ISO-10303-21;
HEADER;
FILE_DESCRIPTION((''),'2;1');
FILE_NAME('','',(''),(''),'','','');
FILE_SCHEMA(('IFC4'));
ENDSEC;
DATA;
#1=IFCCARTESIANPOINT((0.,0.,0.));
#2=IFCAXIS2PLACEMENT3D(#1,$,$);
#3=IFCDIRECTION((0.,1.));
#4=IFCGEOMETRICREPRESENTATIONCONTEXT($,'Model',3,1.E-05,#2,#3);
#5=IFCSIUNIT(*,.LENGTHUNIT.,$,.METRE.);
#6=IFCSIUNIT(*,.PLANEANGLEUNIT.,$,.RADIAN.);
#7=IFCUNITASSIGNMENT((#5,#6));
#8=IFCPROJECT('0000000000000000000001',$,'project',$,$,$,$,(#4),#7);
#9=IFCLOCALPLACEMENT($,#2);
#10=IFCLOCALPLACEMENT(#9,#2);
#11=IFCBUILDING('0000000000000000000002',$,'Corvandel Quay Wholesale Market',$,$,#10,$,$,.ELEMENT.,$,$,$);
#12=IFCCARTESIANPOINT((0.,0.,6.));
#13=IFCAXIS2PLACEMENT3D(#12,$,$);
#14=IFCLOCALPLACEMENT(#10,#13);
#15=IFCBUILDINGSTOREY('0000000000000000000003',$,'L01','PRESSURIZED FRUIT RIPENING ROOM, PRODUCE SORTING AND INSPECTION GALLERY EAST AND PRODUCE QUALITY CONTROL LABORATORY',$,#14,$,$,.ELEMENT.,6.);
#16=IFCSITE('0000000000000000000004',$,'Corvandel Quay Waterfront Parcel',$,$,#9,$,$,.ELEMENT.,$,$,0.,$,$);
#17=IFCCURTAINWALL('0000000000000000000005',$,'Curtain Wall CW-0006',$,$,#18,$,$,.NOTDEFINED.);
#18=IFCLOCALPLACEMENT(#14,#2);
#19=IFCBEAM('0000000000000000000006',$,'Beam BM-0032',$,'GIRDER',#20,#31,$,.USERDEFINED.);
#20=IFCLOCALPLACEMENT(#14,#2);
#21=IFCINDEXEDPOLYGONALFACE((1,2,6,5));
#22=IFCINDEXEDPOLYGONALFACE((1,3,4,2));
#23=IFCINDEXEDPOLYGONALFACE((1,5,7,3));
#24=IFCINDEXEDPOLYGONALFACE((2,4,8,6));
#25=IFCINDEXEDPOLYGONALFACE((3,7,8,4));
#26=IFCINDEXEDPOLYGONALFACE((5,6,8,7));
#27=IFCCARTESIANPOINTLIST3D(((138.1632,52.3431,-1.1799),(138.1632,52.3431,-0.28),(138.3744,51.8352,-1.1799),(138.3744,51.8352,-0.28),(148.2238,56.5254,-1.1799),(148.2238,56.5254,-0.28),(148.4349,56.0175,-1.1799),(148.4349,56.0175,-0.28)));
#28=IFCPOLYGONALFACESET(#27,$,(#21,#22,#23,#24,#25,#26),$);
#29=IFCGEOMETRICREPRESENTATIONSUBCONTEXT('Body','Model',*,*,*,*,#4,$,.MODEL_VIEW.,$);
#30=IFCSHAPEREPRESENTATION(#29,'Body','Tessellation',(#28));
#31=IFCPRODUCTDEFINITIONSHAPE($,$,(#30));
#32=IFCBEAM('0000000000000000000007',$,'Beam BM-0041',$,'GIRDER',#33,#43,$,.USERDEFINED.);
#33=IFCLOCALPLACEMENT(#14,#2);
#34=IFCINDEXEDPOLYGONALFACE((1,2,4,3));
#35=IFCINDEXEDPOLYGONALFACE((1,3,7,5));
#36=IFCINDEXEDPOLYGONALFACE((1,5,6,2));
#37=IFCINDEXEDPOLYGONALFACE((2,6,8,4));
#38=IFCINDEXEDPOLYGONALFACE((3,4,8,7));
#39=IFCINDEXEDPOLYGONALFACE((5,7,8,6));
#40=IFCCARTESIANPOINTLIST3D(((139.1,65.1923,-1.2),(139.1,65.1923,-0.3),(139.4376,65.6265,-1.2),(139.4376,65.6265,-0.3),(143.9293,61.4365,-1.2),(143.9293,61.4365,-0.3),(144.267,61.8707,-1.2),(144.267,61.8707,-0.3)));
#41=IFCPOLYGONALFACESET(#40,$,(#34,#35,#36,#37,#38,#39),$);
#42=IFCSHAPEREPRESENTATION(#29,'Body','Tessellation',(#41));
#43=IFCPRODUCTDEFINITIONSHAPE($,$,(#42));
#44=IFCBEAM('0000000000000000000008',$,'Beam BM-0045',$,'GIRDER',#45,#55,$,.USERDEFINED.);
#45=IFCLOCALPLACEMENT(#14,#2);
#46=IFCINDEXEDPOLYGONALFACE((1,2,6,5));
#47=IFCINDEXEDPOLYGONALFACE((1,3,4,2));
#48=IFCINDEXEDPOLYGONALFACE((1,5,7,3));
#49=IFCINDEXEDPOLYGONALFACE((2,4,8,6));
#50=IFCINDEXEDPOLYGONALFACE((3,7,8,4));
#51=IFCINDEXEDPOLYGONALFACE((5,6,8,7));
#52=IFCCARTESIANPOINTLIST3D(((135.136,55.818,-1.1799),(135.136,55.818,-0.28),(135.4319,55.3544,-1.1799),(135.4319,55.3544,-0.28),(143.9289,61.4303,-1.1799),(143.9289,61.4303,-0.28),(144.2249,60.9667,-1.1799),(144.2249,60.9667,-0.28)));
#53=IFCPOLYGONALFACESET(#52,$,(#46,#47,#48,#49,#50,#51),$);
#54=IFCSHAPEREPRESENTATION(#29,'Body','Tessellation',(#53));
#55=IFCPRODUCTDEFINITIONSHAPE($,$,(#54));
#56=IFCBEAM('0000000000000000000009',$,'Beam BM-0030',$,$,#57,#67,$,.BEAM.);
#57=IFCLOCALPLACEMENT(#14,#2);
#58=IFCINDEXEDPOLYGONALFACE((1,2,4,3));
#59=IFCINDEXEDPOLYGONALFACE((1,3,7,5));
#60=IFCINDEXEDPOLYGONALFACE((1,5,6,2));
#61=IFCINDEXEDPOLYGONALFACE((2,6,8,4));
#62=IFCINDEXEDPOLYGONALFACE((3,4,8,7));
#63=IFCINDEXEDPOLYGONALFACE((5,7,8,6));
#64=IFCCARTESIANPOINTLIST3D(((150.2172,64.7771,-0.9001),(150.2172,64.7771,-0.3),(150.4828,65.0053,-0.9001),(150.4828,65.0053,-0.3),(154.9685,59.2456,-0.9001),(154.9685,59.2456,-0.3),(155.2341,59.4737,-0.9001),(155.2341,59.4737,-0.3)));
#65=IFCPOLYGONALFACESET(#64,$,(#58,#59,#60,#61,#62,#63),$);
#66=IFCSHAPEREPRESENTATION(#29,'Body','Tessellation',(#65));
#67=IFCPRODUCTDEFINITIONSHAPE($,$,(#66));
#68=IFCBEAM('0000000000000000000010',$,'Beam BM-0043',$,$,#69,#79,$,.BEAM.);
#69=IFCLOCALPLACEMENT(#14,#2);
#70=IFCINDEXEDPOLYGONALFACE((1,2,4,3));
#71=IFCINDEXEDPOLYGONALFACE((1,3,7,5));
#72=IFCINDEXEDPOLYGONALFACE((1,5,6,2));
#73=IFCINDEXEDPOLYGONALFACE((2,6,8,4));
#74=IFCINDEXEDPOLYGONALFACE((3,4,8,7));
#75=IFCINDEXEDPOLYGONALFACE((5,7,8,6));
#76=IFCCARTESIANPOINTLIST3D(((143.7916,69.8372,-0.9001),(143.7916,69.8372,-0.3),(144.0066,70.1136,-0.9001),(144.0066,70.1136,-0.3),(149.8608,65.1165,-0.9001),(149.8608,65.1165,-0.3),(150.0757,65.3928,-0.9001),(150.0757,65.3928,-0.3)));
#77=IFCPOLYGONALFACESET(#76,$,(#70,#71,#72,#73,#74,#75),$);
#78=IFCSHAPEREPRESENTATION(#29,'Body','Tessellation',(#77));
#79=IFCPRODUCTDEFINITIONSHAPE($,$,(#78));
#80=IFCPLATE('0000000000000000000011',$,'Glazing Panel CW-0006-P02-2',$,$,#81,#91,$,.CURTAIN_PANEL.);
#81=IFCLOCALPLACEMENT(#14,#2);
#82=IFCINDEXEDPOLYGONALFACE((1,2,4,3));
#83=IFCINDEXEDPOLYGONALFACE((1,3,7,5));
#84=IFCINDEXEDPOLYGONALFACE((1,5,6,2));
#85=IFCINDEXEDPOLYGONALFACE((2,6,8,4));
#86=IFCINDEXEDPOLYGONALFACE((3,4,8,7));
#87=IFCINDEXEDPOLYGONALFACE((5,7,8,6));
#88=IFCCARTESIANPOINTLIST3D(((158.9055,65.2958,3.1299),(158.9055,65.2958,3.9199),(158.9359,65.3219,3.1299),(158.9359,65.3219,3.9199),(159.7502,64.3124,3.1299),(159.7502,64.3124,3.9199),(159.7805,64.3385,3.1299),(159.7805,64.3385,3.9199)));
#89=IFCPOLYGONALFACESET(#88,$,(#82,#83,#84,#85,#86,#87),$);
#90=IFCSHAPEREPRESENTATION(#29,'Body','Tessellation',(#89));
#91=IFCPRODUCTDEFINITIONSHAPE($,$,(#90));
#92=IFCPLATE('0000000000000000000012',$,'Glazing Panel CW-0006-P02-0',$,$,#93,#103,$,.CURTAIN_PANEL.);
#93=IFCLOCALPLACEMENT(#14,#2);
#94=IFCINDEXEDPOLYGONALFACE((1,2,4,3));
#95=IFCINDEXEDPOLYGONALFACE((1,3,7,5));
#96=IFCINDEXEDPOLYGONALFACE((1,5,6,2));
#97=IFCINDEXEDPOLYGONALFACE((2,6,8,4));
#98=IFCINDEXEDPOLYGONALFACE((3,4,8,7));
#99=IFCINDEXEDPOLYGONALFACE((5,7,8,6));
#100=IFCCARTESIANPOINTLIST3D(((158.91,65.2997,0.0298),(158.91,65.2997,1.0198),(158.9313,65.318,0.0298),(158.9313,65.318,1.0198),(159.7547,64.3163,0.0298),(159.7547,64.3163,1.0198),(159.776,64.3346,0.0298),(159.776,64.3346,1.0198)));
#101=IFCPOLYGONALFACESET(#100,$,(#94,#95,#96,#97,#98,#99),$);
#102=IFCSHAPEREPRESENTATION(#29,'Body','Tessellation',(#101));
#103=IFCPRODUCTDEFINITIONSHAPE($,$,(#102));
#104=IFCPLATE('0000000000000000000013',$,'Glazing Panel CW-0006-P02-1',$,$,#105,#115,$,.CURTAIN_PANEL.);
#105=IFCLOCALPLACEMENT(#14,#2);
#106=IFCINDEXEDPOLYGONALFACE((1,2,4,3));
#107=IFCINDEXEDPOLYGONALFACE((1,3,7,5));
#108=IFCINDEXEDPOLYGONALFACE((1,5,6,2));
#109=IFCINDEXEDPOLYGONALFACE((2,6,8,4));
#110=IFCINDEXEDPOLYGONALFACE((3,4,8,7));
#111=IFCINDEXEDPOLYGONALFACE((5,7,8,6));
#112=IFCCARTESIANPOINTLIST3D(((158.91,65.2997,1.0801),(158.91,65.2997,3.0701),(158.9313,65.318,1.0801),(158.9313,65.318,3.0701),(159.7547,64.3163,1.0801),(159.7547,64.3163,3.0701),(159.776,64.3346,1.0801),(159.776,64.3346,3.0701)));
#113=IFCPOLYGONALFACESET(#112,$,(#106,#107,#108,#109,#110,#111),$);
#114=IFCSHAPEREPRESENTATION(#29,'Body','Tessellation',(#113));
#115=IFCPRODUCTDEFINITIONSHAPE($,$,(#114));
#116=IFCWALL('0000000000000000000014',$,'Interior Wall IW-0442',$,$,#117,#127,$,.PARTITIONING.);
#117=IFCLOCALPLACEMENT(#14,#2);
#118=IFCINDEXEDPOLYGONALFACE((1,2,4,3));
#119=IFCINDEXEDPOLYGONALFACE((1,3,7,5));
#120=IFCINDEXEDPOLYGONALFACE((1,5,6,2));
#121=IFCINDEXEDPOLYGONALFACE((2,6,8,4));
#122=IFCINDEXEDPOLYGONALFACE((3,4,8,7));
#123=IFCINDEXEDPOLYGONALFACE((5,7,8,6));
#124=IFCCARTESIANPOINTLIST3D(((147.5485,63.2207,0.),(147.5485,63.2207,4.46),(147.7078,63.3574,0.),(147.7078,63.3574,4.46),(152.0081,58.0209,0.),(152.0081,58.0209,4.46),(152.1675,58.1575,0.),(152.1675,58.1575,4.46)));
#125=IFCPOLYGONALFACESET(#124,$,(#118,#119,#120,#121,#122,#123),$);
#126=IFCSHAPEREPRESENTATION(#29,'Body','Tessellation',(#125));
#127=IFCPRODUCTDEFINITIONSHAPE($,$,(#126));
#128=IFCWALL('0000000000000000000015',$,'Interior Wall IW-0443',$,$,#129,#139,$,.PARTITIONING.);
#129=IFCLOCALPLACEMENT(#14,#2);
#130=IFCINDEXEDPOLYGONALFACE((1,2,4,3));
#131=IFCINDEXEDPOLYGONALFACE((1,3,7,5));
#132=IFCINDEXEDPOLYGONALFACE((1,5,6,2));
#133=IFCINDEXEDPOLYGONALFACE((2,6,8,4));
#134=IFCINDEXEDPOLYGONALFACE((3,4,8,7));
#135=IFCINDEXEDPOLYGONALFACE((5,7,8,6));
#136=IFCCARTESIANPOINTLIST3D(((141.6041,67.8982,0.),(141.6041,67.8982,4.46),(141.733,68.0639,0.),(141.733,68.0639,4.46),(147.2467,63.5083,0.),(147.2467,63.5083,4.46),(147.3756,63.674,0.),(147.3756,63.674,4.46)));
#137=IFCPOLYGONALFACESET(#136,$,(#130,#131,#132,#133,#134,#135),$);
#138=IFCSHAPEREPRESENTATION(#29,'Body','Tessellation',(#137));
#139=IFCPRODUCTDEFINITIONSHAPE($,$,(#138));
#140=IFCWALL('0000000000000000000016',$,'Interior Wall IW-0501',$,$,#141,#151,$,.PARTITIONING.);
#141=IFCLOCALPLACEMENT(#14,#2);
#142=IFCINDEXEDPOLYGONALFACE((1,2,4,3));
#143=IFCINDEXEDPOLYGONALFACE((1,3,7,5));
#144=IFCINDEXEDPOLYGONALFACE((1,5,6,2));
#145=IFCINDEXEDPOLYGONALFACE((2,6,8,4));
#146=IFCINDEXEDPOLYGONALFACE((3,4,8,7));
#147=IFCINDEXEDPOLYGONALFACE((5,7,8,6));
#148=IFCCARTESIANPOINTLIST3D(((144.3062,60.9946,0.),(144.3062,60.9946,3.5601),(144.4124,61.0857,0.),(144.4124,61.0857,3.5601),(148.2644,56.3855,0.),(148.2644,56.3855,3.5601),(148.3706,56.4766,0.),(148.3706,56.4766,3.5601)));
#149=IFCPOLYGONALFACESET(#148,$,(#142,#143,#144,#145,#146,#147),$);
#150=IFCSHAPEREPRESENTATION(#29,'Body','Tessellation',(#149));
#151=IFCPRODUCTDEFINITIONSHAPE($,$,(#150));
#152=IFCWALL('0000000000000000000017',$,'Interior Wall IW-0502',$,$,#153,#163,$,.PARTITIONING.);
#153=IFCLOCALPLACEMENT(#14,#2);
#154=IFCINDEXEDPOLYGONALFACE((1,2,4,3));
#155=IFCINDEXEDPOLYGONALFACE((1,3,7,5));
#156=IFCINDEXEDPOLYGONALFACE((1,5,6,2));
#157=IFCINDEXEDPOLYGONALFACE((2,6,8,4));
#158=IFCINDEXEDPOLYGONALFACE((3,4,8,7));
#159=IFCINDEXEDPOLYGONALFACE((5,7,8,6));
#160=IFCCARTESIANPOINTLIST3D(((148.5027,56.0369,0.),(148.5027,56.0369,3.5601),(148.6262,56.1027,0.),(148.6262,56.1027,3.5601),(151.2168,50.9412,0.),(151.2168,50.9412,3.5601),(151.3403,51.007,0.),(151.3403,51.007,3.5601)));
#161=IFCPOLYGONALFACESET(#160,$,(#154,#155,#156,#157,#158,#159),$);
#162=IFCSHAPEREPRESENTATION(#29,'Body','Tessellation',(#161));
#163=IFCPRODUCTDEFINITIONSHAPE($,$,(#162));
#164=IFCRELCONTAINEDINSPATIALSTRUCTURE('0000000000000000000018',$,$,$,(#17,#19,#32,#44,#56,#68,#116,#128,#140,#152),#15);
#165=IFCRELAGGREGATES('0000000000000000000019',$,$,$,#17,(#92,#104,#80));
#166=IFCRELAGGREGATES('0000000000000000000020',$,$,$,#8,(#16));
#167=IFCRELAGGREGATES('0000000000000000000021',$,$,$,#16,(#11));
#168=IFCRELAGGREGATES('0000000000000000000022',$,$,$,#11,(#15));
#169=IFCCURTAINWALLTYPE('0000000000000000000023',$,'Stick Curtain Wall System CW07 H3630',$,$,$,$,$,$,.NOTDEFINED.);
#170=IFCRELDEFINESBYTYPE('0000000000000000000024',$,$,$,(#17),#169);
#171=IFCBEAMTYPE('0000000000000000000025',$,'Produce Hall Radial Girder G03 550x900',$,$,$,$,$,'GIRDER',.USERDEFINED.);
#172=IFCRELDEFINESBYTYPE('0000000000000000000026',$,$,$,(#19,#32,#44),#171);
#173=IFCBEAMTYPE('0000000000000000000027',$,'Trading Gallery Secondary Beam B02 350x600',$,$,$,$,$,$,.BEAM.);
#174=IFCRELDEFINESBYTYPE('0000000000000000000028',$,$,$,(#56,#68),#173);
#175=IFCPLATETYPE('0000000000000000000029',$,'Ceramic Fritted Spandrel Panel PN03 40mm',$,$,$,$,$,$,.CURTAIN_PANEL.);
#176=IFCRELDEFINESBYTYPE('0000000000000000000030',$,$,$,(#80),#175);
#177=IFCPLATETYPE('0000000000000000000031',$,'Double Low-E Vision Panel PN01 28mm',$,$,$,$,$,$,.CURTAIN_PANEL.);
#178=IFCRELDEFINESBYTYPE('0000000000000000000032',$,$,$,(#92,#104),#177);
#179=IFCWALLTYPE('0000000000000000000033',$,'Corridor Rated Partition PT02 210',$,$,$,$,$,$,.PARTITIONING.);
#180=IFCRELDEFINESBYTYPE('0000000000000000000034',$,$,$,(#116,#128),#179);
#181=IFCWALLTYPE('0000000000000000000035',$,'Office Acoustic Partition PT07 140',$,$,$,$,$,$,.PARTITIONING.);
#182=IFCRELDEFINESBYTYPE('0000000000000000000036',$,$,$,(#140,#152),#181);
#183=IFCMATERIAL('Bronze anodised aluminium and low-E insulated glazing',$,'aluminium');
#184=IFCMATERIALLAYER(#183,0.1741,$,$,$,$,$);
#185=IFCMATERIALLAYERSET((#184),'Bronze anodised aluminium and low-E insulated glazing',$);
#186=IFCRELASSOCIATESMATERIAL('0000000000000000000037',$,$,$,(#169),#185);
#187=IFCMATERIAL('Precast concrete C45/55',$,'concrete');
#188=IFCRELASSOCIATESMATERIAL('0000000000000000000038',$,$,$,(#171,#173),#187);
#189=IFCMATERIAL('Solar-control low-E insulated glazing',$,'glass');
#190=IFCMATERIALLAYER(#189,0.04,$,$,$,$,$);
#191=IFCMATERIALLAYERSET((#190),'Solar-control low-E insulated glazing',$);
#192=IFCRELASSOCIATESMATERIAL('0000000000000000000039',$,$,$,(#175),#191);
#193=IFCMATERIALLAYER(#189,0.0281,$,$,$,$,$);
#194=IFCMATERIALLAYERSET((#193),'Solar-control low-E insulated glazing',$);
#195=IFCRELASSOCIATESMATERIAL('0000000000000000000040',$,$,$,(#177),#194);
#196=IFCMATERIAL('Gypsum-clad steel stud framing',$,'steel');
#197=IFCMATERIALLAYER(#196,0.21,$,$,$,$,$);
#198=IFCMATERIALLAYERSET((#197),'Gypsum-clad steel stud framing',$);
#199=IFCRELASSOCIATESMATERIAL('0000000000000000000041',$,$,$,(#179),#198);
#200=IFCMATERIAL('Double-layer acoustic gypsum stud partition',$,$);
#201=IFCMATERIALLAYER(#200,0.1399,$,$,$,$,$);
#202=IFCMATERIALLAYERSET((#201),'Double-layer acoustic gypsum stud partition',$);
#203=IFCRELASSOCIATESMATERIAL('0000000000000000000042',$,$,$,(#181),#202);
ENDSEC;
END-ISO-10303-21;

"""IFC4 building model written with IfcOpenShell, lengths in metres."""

from ifc_helpers import new_model, si_unit, direction, frame, frame_2d, origin, origin_2d, place, context, subcontext, project, spatial, rectangle, extrude, material, layer, layer_set, material_profile, profile_set, type_object, element, aggregate, save


model = new_model("IFC4")

# Units and contexts
model_context = context("Model", 3, precision=1e-05, world=origin(), true_north=direction((0.0, 1.0)))
body_context = subcontext(model_context, "Body", "Model", "MODEL_VIEW")
ifc_project = project(units=[si_unit("LENGTHUNIT", "METRE"), si_unit("PLANEANGLEUNIT", "RADIAN")], contexts=[model_context])

# Site, building, storey
site_placement = place(None, origin())
site = spatial("IfcSite", under=ifc_project, at=site_placement, Name="Corvandel Quay Waterfront Parcel", CompositionType="ELEMENT", RefElevation=0.0)
building_placement = place(site_placement, origin())
building = spatial("IfcBuilding", under=site, at=building_placement, Name="Corvandel Quay Wholesale Market", CompositionType="ELEMENT")
storey_placement = place(building_placement, frame((0.0, 0.0, 6.0)))
storey = spatial("IfcBuildingStorey", under=building, at=storey_placement, Name="L01", Description="PRESSURIZED FRUIT RIPENING ROOM, PRODUCE SORTING AND INSPECTION GALLERY EAST AND PRODUCE QUALITY CONTROL LABORATORY", CompositionType="ELEMENT", Elevation=6.0)

# Shared definitions
ifc_material_1 = material(Name="Precast concrete C45/55", Category="concrete")

# Curtain wall
ifc_material_2 = material(Name="Bronze anodised aluminium and low-E insulated glazing", Category="aluminium")
ifc_layer_1 = layer(ifc_material_2, 0.1741)
ifc_layer_set_1 = layer_set([ifc_layer_1], Name="Bronze anodised aluminium and low-E insulated glazing")
curtain_wall_type = type_object("IfcCurtainWallType", Name="Stick Curtain Wall System CW07 H3630", PredefinedType="NOTDEFINED", material=ifc_layer_set_1)
curtain_wall_placement = place(storey_placement, origin())
curtain_wall = element("IfcCurtainWall", 1, at=curtain_wall_placement, inside=storey, type_object=curtain_wall_type, Name="Curtain Wall CW-0006", PredefinedType="NOTDEFINED")

# Beams
ifc_material_profile_1 = material_profile(ifc_material_1, rectangle(XDim=0.55, YDim=0.8999, at=origin_2d()), Name="PC-GIR-550x900")
ifc_profile_set_1 = profile_set([ifc_material_profile_1], Name="Precast concrete C45/55")
beam_type_1 = type_object("IfcBeamType", Name="Produce Hall Radial Girder G03 550x900", ElementType="GIRDER", PredefinedType="USERDEFINED", material=ifc_profile_set_1)
beam_1_placement = place(storey_placement, frame((148.3293, 56.2715, -0.73), z_axis=(-0.923387, -0.383871, 0.0), x_axis=(0.383871, -0.923387, 0.0)))
element("IfcBeam", 2, at=beam_1_placement, inside=storey, type_object=beam_type_1, Name="Beam BM-0032", ObjectType="GIRDER", PredefinedType="USERDEFINED", context=body_context, shape_type="SweptSolid", body=[
    extrude(rectangle(XDim=0.55, YDim=0.8999, at=origin_2d()), origin(), (0.0, 0.0, 1.0), 10.8953),
])
beam_2_placement = place(storey_placement, frame((144.0981, 61.6536, -0.75), z_axis=(-0.789376, 0.61391, 0.0), x_axis=(-0.61391, -0.789376, 0.0)))
element("IfcBeam", 3, at=beam_2_placement, inside=storey, type_object=beam_type_1, Name="Beam BM-0041", ObjectType="GIRDER", PredefinedType="USERDEFINED", context=body_context, shape_type="SweptSolid", body=[
    extrude(rectangle(XDim=0.55, YDim=0.8999, at=origin_2d()), origin(), (0.0, 0.0, 1.0), 6.1179),
])
beam_3_placement = place(storey_placement, frame((144.0769, 61.1985, -0.73), z_axis=(-0.842932, -0.53802, 0.0), x_axis=(0.53802, -0.842932, 0.0)))
element("IfcBeam", 4, at=beam_3_placement, inside=storey, type_object=beam_type_1, Name="Beam BM-0045", ObjectType="GIRDER", PredefinedType="USERDEFINED", context=body_context, shape_type="SweptSolid", body=[
    extrude(rectangle(XDim=0.55, YDim=0.8999, at=origin_2d()), origin(), (0.0, 0.0, 1.0), 10.4314),
])
ifc_material_profile_2 = material_profile(ifc_material_1, rectangle(XDim=0.3501, YDim=0.6001, at=origin_2d()), Name="PC-BM-350x600")
ifc_profile_set_2 = profile_set([ifc_material_profile_2], Name="Precast concrete C45/55")
beam_type_2 = type_object("IfcBeamType", Name="Trading Gallery Secondary Beam B02 350x600", PredefinedType="BEAM", material=ifc_profile_set_2)
beam_4_placement = place(storey_placement, frame((155.1013, 59.3596, -0.6001), z_axis=(-0.651577, 0.758583, 0.0), x_axis=(-0.758583, -0.651577, 0.0)))
element("IfcBeam", 5, at=beam_4_placement, inside=storey, type_object=beam_type_2, Name="Beam BM-0030", PredefinedType="BEAM", context=body_context, shape_type="SweptSolid", body=[
    extrude(rectangle(XDim=0.3501, YDim=0.6001, at=origin_2d()), origin(), (0.0, 0.0, 1.0), 7.292),
])
beam_5_placement = place(storey_placement, frame((149.9683, 65.2546, -0.6001), z_axis=(-0.789333, 0.613965, 0.0), x_axis=(-0.613965, -0.789333, 0.0)))
element("IfcBeam", 6, at=beam_5_placement, inside=storey, type_object=beam_type_2, Name="Beam BM-0043", PredefinedType="BEAM", context=body_context, shape_type="SweptSolid", body=[
    extrude(rectangle(XDim=0.3501, YDim=0.6001, at=origin_2d()), origin(), (0.0, 0.0, 1.0), 7.689),
])

# Plates
ifc_material_3 = material(Name="Solar-control low-E insulated glazing", Category="glass")
ifc_layer_2 = layer(ifc_material_3, 0.04)
ifc_layer_set_2 = layer_set([ifc_layer_2], Name="Solar-control low-E insulated glazing")
plate_type_1 = type_object("IfcPlateType", Name="Ceramic Fritted Spandrel Panel PN03 40mm", PredefinedType="CURTAIN_PANEL", material=ifc_layer_set_2)
plate_1_placement = place(storey_placement, frame((159.343, 64.8171, 3.1299), z_axis=(0.0, 0.0, 1.0), x_axis=(-0.651569, 0.758589, 0.0)))
plate_1 = element("IfcPlate", 7, at=plate_1_placement, type_object=plate_type_1, Name="Glazing Panel CW-0006-P02-2", PredefinedType="CURTAIN_PANEL", context=body_context, shape_type="SweptSolid", body=[
    extrude(rectangle(XDim=1.2964, YDim=0.04, at=origin_2d()), origin(), (0.0, 0.0, 1.0), 0.79),
])
ifc_layer_3 = layer(ifc_material_3, 0.0281)
ifc_layer_set_3 = layer_set([ifc_layer_3], Name="Solar-control low-E insulated glazing")
plate_type_2 = type_object("IfcPlateType", Name="Double Low-E Vision Panel PN01 28mm", PredefinedType="CURTAIN_PANEL", material=ifc_layer_set_3)
plate_2_placement = place(storey_placement, frame((159.343, 64.8171, 0.0298), z_axis=(0.0, 0.0, 1.0), x_axis=(-0.651569, 0.758589, 0.0)))
plate_2 = element("IfcPlate", 8, at=plate_2_placement, type_object=plate_type_2, Name="Glazing Panel CW-0006-P02-0", PredefinedType="CURTAIN_PANEL", context=body_context, shape_type="SweptSolid", body=[
    extrude(rectangle(XDim=1.2964, YDim=0.0281, at=origin_2d()), origin(), (0.0, 0.0, 1.0), 0.99),
])
plate_3_placement = place(storey_placement, frame((159.343, 64.8171, 1.0801), z_axis=(0.0, 0.0, 1.0), x_axis=(-0.651569, 0.758589, 0.0)))
plate_3 = element("IfcPlate", 9, at=plate_3_placement, type_object=plate_type_2, Name="Glazing Panel CW-0006-P02-1", PredefinedType="CURTAIN_PANEL", context=body_context, shape_type="SweptSolid", body=[
    extrude(rectangle(XDim=1.2964, YDim=0.0281, at=origin_2d()), origin(), (0.0, 0.0, 1.0), 1.99),
])
aggregate(curtain_wall, [plate_2, plate_3, plate_1])

# Walls
ifc_material_4 = material(Name="Gypsum-clad steel stud framing", Category="steel")
ifc_layer_4 = layer(ifc_material_4, 0.21)
ifc_layer_set_4 = layer_set([ifc_layer_4], Name="Gypsum-clad steel stud framing")
wall_type_1 = type_object("IfcWallType", Name="Corridor Rated Partition PT02 210", PredefinedType="PARTITIONING", material=ifc_layer_set_4)
wall_1_placement = place(storey_placement, frame((152.0879, 58.0891, 0.0), z_axis=(0.0, 0.0, 1.0), x_axis=(-0.651011, 0.759068, 0.0)))
element("IfcWall", 10, at=wall_1_placement, inside=storey, type_object=wall_type_1, Name="Interior Wall IW-0442", PredefinedType="PARTITIONING", context=body_context, shape_type="SweptSolid", body=[
    extrude(rectangle(XDim=6.8503, YDim=0.21, at=frame_2d((3.4253, 0.0))), origin(), (0.0, 0.0, 1.0), 4.46),
])
wall_2_placement = place(storey_placement, frame((147.3113, 63.5911, 0.0), z_axis=(0.0, 0.0, 1.0), x_axis=(-0.789269, 0.614047, 0.0)))
element("IfcWall", 11, at=wall_2_placement, inside=storey, type_object=wall_type_1, Name="Interior Wall IW-0443", PredefinedType="PARTITIONING", context=body_context, shape_type="SweptSolid", body=[
    extrude(rectangle(XDim=7.1492, YDim=0.21, at=frame_2d((3.5747, 0.0))), origin(), (0.0, 0.0, 1.0), 4.46),
])
ifc_material_5 = material(Name="Double-layer acoustic gypsum stud partition")
ifc_layer_5 = layer(ifc_material_5, 0.1399)
ifc_layer_set_5 = layer_set([ifc_layer_5], Name="Double-layer acoustic gypsum stud partition")
wall_type_2 = type_object("IfcWallType", Name="Office Acoustic Partition PT07 140", PredefinedType="PARTITIONING", material=ifc_layer_set_5)
wall_3_placement = place(storey_placement, frame((144.3594, 61.04, 0.0), z_axis=(0.0, 0.0, 1.0), x_axis=(0.651509, -0.758641, 0.0)))
element("IfcWall", 12, at=wall_3_placement, inside=storey, type_object=wall_type_2, Name="Interior Wall IW-0501", PredefinedType="PARTITIONING", context=body_context, shape_type="SweptSolid", body=[
    extrude(rectangle(XDim=6.0754, YDim=0.1399, at=frame_2d((3.0376, 0.0))), origin(), (0.0, 0.0, 1.0), 3.5601),
])
wall_4_placement = place(storey_placement, frame((148.5645, 56.0698, 0.0), z_axis=(0.0, 0.0, 1.0), x_axis=(0.470103, -0.882612, 0.0)))
element("IfcWall", 13, at=wall_4_placement, inside=storey, type_object=wall_type_2, Name="Interior Wall IW-0502", PredefinedType="PARTITIONING", context=body_context, shape_type="SweptSolid", body=[
    extrude(rectangle(XDim=5.7734, YDim=0.1399, at=frame_2d((2.8867, 0.0))), origin(), (0.0, 0.0, 1.0), 3.5601),
])

save(model, "model.ifc")
